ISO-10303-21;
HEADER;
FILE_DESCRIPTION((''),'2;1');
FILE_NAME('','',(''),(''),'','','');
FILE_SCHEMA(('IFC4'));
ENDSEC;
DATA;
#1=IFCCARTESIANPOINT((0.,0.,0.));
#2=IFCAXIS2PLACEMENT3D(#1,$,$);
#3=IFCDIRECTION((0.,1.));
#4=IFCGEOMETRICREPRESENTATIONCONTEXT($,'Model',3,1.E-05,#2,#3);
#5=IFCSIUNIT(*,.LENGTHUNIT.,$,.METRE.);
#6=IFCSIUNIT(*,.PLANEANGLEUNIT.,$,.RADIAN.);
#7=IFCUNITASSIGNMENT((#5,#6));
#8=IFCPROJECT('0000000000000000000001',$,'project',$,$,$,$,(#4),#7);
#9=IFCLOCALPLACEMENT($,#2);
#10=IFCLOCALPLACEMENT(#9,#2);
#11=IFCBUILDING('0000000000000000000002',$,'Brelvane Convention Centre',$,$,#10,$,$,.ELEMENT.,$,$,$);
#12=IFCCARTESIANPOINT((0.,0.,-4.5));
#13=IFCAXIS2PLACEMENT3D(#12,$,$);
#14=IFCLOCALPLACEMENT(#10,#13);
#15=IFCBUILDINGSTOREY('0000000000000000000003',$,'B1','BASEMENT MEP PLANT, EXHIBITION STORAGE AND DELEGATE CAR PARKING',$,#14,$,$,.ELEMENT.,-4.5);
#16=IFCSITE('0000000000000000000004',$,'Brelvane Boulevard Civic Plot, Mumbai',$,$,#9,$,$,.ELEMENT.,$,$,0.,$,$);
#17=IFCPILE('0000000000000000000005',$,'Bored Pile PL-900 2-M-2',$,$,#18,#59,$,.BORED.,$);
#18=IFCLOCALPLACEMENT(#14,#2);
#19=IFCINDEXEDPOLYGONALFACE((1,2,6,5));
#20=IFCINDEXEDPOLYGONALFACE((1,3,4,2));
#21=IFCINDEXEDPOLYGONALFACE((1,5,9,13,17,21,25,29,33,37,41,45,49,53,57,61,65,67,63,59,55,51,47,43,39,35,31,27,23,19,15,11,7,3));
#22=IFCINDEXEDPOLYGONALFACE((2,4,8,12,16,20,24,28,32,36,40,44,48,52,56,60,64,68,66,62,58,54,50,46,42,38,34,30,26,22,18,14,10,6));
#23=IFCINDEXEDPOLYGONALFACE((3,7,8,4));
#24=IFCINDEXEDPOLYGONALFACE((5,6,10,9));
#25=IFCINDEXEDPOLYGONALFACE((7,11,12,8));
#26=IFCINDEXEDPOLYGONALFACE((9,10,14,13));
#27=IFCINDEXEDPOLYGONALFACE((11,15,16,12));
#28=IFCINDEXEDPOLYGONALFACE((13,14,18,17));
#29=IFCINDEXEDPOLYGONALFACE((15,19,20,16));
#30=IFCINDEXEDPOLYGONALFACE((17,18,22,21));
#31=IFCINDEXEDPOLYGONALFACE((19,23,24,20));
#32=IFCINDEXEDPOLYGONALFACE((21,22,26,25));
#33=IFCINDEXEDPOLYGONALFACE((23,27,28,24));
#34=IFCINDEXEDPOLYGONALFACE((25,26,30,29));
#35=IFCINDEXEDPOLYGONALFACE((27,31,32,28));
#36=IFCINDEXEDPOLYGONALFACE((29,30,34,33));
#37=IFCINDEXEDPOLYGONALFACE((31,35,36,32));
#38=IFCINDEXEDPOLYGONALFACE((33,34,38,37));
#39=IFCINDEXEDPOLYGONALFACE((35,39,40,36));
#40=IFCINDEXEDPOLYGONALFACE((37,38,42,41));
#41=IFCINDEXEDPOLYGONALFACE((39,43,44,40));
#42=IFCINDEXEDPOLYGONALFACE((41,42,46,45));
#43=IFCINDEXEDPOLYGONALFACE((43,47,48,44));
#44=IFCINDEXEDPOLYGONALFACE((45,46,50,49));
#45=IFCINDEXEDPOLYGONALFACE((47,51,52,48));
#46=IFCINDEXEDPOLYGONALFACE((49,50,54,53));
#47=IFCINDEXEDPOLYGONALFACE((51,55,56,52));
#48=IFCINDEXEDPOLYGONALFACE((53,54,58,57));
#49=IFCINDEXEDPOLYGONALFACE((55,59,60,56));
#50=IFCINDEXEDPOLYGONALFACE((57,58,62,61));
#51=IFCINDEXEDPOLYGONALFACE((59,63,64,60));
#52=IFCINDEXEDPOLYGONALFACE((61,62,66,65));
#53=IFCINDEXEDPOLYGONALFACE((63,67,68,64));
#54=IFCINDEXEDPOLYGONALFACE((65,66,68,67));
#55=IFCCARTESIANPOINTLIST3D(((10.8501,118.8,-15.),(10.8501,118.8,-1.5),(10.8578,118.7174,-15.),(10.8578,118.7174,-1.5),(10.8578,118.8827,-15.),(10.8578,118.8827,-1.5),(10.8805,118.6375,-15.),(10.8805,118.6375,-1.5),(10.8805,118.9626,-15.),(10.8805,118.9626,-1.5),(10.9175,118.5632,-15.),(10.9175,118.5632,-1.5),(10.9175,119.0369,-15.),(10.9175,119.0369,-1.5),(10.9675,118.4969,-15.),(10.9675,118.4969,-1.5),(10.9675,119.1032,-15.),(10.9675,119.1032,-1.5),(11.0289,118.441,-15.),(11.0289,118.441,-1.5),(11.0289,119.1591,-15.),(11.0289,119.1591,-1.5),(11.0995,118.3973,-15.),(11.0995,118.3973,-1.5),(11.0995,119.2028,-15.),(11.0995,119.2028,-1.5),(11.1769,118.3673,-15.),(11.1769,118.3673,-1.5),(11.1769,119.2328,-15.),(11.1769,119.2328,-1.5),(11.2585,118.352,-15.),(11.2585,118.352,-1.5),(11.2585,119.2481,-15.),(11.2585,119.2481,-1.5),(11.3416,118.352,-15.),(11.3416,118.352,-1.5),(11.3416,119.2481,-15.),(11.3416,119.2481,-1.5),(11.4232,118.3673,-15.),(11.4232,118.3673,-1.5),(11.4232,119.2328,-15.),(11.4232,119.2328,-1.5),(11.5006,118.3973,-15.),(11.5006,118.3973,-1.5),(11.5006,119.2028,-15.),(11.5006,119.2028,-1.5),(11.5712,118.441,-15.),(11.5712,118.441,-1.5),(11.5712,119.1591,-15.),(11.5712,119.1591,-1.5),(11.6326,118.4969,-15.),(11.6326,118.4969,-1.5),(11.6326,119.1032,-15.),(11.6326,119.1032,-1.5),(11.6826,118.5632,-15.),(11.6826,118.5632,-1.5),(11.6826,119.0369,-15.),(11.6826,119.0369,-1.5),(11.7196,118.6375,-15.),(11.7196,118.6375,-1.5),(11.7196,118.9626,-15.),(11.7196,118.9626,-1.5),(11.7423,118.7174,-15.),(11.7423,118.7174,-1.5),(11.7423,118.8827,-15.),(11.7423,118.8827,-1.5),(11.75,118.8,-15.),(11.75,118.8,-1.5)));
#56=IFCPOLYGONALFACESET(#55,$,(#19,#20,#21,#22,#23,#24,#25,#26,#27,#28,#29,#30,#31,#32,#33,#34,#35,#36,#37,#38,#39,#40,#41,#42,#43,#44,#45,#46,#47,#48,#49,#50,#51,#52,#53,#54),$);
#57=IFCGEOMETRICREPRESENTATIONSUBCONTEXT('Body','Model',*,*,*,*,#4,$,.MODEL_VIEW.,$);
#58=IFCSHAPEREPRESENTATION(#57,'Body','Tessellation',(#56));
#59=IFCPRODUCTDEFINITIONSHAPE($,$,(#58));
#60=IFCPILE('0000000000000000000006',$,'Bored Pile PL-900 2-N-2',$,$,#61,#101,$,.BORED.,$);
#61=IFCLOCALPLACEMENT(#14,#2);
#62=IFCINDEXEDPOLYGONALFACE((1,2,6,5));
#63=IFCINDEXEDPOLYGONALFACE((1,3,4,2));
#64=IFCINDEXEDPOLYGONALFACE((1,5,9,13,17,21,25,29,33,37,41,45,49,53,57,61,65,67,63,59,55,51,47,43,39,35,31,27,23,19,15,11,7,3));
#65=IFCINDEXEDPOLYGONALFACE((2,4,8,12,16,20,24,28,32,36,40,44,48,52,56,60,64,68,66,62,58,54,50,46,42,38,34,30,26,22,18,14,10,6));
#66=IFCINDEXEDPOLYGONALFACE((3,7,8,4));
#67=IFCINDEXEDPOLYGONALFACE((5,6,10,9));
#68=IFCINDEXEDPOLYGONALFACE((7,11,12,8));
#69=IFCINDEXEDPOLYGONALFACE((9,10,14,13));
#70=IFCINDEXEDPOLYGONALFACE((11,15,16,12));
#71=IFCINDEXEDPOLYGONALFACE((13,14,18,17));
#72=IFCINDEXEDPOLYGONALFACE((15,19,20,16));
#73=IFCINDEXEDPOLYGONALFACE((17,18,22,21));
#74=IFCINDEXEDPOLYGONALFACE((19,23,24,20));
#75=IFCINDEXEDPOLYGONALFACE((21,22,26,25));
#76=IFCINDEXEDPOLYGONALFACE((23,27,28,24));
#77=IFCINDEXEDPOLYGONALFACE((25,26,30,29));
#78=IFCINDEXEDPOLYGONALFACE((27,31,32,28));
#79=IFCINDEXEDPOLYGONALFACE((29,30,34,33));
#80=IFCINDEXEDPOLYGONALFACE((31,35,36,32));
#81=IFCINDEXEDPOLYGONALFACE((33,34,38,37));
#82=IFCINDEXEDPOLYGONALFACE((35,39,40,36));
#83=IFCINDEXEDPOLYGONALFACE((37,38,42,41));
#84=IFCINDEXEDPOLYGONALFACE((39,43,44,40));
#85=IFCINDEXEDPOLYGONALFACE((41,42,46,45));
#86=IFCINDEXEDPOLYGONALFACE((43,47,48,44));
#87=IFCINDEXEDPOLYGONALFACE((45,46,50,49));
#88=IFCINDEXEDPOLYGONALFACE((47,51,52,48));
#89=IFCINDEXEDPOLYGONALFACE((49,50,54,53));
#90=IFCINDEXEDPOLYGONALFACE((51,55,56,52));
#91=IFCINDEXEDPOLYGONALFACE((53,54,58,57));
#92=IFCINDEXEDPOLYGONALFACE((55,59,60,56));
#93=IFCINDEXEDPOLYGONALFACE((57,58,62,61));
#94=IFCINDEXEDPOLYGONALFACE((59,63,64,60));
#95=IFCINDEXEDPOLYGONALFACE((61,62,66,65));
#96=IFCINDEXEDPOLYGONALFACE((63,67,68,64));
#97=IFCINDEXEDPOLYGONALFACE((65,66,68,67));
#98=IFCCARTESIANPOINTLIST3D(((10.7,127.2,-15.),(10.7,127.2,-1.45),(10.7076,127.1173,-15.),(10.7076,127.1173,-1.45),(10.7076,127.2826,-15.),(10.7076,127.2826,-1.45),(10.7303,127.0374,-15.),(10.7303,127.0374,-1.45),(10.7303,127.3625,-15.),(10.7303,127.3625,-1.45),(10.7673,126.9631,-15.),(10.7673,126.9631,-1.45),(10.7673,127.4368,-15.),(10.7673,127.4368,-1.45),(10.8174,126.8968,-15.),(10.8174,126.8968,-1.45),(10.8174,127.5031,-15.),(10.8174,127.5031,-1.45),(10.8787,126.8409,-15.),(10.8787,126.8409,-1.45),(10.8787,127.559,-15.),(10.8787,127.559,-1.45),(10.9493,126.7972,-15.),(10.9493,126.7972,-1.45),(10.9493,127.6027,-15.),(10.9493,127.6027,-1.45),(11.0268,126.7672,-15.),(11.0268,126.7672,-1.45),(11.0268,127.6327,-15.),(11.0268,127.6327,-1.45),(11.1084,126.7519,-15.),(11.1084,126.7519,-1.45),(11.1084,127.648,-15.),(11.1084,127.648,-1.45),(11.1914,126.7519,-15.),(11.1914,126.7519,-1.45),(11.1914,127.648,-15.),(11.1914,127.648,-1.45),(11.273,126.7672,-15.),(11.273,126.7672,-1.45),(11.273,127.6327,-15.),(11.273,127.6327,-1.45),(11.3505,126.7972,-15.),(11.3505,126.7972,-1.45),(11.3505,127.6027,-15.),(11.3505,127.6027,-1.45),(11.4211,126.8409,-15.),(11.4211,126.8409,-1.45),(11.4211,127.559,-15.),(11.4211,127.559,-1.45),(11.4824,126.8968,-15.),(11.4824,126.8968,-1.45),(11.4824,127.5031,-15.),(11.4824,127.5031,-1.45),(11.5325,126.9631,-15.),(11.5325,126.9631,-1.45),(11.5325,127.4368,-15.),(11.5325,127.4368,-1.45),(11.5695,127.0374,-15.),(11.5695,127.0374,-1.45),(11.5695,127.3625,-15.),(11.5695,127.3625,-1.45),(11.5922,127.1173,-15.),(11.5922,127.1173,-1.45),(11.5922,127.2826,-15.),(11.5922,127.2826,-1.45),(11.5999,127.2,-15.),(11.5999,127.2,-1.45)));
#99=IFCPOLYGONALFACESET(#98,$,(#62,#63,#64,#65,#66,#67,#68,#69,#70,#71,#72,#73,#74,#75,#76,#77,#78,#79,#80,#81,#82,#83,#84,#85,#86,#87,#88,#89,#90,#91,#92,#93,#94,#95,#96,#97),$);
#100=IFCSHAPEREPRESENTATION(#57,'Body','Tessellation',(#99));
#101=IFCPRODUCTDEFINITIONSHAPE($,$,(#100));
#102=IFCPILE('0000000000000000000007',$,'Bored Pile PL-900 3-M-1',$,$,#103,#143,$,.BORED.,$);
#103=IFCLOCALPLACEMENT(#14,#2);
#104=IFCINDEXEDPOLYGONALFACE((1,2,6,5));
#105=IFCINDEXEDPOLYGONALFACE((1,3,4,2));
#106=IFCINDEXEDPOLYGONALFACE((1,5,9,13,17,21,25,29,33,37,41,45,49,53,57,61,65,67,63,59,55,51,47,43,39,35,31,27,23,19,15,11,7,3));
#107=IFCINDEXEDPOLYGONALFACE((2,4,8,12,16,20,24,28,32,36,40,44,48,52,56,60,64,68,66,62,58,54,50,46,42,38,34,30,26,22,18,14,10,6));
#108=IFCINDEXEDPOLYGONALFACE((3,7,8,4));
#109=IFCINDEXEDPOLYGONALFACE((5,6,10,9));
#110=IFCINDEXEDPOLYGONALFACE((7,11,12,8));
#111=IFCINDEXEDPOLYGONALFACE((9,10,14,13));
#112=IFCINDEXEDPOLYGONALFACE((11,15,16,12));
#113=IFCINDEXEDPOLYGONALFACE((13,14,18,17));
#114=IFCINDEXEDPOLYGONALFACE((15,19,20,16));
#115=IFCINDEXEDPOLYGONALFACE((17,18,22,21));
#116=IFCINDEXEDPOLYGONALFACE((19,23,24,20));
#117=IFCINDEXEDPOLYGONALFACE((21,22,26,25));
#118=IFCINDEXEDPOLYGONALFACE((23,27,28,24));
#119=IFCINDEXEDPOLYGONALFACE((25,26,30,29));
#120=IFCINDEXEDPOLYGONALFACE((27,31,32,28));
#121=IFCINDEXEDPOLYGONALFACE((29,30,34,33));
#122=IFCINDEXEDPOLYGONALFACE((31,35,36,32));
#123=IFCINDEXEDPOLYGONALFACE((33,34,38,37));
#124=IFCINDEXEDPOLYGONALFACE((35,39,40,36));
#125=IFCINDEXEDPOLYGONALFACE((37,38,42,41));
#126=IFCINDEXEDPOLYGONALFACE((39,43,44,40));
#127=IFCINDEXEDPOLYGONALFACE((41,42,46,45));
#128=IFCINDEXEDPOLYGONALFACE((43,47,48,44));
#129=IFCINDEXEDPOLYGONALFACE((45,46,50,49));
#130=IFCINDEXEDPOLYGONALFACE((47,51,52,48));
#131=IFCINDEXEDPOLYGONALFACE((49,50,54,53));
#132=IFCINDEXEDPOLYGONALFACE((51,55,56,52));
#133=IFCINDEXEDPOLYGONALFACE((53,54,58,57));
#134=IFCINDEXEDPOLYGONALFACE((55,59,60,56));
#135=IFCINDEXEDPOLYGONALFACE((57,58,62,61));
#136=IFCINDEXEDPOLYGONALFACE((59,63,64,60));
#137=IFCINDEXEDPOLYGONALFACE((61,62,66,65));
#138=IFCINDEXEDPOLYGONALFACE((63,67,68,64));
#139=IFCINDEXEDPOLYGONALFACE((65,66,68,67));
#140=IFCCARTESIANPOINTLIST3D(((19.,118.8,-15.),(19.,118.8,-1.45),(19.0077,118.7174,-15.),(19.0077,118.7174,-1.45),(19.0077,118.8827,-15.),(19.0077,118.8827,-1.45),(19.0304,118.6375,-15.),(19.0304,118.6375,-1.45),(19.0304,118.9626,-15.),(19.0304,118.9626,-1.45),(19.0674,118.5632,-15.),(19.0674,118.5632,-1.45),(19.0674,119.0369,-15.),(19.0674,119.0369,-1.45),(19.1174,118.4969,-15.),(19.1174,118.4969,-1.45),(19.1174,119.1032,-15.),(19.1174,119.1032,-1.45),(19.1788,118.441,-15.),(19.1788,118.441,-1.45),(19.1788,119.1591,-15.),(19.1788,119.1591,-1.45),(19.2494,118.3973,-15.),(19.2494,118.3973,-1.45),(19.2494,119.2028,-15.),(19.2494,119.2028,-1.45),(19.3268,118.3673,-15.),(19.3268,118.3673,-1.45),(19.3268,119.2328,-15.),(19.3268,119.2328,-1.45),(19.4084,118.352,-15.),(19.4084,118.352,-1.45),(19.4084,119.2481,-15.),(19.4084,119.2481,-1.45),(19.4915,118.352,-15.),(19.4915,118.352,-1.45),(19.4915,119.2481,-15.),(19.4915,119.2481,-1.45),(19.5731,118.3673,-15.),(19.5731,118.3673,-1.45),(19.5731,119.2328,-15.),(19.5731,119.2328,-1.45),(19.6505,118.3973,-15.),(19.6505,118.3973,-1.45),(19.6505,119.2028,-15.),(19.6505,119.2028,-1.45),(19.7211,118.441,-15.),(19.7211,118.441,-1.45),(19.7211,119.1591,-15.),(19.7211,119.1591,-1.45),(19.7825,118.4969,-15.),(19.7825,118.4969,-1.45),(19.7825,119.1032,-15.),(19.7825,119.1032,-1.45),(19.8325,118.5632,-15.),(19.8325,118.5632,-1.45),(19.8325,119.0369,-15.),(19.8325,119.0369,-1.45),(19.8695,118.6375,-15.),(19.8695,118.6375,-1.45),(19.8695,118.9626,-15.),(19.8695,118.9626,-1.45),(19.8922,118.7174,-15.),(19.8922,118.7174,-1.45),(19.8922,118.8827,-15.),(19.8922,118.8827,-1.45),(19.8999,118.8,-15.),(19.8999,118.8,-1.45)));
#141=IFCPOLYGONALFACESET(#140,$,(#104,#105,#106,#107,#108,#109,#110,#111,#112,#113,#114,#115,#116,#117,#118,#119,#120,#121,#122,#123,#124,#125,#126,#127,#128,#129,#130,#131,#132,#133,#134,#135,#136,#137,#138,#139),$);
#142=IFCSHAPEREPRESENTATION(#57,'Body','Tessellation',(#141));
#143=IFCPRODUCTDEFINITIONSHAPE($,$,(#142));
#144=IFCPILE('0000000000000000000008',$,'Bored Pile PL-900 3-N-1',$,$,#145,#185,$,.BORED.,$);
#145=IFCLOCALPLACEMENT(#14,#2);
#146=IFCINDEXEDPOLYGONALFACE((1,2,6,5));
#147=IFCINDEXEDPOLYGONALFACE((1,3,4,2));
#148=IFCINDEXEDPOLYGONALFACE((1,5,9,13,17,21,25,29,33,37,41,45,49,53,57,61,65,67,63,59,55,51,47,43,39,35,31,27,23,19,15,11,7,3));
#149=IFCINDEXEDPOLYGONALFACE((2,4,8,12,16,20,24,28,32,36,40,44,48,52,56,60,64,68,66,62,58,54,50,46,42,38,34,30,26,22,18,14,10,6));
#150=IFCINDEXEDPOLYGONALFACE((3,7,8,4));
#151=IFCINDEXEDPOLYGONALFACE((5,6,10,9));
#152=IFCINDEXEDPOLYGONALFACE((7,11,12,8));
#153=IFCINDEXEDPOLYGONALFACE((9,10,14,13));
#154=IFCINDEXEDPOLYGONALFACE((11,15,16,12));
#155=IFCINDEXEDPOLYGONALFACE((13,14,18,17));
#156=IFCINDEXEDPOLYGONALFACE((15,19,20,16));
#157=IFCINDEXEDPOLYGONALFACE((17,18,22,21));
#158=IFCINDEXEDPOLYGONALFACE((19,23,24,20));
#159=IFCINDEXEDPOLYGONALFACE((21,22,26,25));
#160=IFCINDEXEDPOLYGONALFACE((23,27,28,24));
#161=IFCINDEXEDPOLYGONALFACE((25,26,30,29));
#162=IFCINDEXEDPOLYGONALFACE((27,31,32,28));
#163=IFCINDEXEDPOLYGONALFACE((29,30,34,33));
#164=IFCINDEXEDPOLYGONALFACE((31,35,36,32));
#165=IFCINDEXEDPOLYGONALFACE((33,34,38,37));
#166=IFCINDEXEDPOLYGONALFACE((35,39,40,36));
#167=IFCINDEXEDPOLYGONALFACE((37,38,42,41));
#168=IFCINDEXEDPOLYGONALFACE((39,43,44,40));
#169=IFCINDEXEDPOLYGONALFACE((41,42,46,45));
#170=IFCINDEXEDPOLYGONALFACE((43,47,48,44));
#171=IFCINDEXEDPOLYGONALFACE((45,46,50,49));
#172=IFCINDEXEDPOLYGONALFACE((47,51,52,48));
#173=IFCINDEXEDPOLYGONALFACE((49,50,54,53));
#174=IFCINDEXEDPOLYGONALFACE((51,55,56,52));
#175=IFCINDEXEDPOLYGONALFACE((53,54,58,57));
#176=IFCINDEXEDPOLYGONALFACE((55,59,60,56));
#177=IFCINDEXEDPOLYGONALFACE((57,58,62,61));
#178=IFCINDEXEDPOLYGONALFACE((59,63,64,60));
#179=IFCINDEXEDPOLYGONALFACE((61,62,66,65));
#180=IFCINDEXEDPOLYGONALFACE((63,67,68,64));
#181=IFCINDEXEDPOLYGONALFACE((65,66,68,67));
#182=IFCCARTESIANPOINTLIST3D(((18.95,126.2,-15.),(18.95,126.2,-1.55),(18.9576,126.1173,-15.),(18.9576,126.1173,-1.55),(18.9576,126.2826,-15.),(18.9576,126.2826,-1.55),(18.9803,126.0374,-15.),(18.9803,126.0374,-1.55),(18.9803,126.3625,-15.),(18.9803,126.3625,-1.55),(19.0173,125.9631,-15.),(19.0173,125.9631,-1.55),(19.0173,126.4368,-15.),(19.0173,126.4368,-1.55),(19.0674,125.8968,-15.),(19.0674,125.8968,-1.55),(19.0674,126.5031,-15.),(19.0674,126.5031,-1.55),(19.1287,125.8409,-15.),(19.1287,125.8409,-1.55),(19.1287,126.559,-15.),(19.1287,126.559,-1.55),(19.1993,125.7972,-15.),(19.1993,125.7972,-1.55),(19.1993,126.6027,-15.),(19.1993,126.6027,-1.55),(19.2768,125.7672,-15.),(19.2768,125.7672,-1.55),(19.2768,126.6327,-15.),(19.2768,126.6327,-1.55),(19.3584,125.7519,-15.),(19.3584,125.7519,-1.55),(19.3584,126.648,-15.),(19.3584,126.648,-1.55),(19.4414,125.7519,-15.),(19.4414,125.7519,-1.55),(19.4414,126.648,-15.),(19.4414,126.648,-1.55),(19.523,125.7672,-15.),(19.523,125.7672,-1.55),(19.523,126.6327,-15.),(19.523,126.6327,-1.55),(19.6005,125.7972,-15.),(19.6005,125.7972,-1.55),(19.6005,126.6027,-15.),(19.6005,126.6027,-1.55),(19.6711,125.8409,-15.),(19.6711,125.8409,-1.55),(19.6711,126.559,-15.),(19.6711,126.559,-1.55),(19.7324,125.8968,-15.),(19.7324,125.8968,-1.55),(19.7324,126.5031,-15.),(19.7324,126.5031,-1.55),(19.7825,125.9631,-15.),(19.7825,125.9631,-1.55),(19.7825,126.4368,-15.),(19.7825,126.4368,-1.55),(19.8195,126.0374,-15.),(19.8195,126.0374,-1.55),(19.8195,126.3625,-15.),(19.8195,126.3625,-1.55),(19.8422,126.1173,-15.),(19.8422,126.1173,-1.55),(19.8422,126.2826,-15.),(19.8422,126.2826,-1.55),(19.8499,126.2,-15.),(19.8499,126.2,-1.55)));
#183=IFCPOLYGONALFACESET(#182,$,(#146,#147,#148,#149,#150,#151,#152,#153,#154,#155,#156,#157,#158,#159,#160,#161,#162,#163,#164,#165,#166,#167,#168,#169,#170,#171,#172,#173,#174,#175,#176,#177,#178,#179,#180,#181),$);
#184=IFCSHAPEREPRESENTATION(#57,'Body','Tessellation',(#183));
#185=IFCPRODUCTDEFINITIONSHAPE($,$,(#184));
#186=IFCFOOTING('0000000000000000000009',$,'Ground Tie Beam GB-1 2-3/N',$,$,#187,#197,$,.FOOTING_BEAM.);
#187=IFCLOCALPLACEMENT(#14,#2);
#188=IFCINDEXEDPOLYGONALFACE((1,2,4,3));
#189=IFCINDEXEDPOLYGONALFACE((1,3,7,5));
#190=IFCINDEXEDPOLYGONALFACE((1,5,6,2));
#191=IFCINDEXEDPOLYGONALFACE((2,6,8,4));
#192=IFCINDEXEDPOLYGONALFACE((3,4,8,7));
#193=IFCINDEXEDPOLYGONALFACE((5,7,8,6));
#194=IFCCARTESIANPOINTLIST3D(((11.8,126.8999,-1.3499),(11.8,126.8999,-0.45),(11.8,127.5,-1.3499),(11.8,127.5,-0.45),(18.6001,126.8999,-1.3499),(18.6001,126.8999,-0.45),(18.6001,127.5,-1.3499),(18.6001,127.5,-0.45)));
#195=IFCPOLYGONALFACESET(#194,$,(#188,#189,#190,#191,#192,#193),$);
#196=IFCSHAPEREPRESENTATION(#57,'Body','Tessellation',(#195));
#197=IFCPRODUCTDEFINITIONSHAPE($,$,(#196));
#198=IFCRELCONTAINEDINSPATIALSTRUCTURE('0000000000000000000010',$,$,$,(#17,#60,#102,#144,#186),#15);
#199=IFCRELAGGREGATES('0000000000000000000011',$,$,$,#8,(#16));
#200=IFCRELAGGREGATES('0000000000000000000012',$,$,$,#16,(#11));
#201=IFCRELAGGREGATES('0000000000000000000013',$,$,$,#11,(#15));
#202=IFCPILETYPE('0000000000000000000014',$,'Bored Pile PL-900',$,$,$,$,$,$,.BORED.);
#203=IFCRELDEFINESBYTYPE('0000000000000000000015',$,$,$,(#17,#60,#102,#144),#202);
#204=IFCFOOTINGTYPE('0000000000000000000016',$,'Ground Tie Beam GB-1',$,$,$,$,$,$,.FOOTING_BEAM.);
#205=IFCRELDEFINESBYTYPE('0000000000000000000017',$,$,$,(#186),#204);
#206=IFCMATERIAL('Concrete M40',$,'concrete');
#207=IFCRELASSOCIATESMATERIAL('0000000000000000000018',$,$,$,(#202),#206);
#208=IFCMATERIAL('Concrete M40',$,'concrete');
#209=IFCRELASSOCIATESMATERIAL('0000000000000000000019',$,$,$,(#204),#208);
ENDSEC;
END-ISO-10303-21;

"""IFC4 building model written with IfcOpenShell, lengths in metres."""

from ifc_helpers import new_model, si_unit, direction, frame, origin, origin_2d, place, context, subcontext, project, spatial, rectangle, circle, extrude, material, material_profile, profile_set, type_object, element, save


model = new_model("IFC4")

# Units and contexts
model_context = context("Model", 3, precision=1e-05, world=origin(), true_north=direction((0.0, 1.0)))
body_context = subcontext(model_context, "Body", "Model", "MODEL_VIEW")
ifc_project = project(units=[si_unit("LENGTHUNIT", "METRE"), si_unit("PLANEANGLEUNIT", "RADIAN")], contexts=[model_context])

# Site, building, storey
site_placement = place(None, origin())
site = spatial("IfcSite", under=ifc_project, at=site_placement, Name="Brelvane Boulevard Civic Plot, Mumbai", CompositionType="ELEMENT", RefElevation=0.0)
building_placement = place(site_placement, origin())
building = spatial("IfcBuilding", under=site, at=building_placement, Name="Brelvane Convention Centre", CompositionType="ELEMENT")
storey_placement = place(building_placement, frame((0.0, 0.0, -4.5)))
storey = spatial("IfcBuildingStorey", under=building, at=storey_placement, Name="B1", Description="BASEMENT MEP PLANT, EXHIBITION STORAGE AND DELEGATE CAR PARKING", CompositionType="ELEMENT", Elevation=-4.5)

# Piles
ifc_material_1 = material(Name="Concrete M40", Category="concrete")
ifc_material_profile_1 = material_profile(ifc_material_1, circle(Radius=0.45, at=origin_2d()), Name="PILE D900")
ifc_profile_set_1 = profile_set([ifc_material_profile_1], Name="Concrete M40")
pile_type = type_object("IfcPileType", Name="Bored Pile PL-900", PredefinedType="BORED", material=ifc_profile_set_1)
pile_1_placement = place(storey_placement, frame((11.3, 118.8, -1.5), z_axis=(0.0, 0.0, -1.0), x_axis=(1.0, 0.0, 0.0)))
element("IfcPile", 1, at=pile_1_placement, inside=storey, type_object=pile_type, Name="Bored Pile PL-900 2-M-2", PredefinedType="BORED", context=body_context, shape_type="SweptSolid", body=[
    extrude(circle(Radius=0.45, at=origin_2d()), origin(), (0.0, 0.0, 1.0), 13.5),
])
for number, where, z_axis, x_axis, name in (
    (2, (11.1499, 127.2, -1.45), (0.0, 0.0, -1.0), (1.0, 0.0, 0.0), "Bored Pile PL-900 2-N-2"),
    (3, (19.45, 118.8, -1.45), (0.0, 0.0, -1.0), (1.0, 0.0, 0.0), "Bored Pile PL-900 3-M-1"),
):
    element("IfcPile", number, at=place(storey_placement, frame(where, z_axis=z_axis, x_axis=x_axis)), inside=storey, type_object=pile_type, Name=name, PredefinedType="BORED", context=body_context, shape_type="SweptSolid", body=[
        extrude(circle(Radius=0.45, at=origin_2d()), origin(), (0.0, 0.0, 1.0), 13.55),
    ])
pile_2_placement = place(storey_placement, frame((19.3999, 126.2, -1.55), z_axis=(0.0, 0.0, -1.0), x_axis=(1.0, 0.0, 0.0)))
element("IfcPile", 4, at=pile_2_placement, inside=storey, type_object=pile_type, Name="Bored Pile PL-900 3-N-1", PredefinedType="BORED", context=body_context, shape_type="SweptSolid", body=[
    extrude(circle(Radius=0.45, at=origin_2d()), origin(), (0.0, 0.0, 1.0), 13.45),
])

# Footing
ifc_material_2 = material(Name="Concrete M40", Category="concrete")
ifc_material_profile_2 = material_profile(ifc_material_2, rectangle(XDim=0.6001, YDim=0.8999, at=origin_2d()), Name="RC 600x900")
ifc_profile_set_2 = profile_set([ifc_material_profile_2], Name="Concrete M40")
footing_type_1 = type_object("IfcFootingType", Name="Ground Tie Beam GB-1", PredefinedType="FOOTING_BEAM", material=ifc_profile_set_2)
footing_1_placement = place(storey_placement, frame((11.8, 127.2, -0.8999), z_axis=(1.0, 0.0, 0.0), x_axis=(0.0, 1.0, 0.0)))
element("IfcFooting", 5, at=footing_1_placement, inside=storey, type_object=footing_type_1, Name="Ground Tie Beam GB-1 2-3/N", PredefinedType="FOOTING_BEAM", context=body_context, shape_type="SweptSolid", body=[
    extrude(rectangle(XDim=0.6001, YDim=0.8999, at=origin_2d()), origin(), (0.0, 0.0, 1.0), 6.8),
])

save(model, "model.ifc")
